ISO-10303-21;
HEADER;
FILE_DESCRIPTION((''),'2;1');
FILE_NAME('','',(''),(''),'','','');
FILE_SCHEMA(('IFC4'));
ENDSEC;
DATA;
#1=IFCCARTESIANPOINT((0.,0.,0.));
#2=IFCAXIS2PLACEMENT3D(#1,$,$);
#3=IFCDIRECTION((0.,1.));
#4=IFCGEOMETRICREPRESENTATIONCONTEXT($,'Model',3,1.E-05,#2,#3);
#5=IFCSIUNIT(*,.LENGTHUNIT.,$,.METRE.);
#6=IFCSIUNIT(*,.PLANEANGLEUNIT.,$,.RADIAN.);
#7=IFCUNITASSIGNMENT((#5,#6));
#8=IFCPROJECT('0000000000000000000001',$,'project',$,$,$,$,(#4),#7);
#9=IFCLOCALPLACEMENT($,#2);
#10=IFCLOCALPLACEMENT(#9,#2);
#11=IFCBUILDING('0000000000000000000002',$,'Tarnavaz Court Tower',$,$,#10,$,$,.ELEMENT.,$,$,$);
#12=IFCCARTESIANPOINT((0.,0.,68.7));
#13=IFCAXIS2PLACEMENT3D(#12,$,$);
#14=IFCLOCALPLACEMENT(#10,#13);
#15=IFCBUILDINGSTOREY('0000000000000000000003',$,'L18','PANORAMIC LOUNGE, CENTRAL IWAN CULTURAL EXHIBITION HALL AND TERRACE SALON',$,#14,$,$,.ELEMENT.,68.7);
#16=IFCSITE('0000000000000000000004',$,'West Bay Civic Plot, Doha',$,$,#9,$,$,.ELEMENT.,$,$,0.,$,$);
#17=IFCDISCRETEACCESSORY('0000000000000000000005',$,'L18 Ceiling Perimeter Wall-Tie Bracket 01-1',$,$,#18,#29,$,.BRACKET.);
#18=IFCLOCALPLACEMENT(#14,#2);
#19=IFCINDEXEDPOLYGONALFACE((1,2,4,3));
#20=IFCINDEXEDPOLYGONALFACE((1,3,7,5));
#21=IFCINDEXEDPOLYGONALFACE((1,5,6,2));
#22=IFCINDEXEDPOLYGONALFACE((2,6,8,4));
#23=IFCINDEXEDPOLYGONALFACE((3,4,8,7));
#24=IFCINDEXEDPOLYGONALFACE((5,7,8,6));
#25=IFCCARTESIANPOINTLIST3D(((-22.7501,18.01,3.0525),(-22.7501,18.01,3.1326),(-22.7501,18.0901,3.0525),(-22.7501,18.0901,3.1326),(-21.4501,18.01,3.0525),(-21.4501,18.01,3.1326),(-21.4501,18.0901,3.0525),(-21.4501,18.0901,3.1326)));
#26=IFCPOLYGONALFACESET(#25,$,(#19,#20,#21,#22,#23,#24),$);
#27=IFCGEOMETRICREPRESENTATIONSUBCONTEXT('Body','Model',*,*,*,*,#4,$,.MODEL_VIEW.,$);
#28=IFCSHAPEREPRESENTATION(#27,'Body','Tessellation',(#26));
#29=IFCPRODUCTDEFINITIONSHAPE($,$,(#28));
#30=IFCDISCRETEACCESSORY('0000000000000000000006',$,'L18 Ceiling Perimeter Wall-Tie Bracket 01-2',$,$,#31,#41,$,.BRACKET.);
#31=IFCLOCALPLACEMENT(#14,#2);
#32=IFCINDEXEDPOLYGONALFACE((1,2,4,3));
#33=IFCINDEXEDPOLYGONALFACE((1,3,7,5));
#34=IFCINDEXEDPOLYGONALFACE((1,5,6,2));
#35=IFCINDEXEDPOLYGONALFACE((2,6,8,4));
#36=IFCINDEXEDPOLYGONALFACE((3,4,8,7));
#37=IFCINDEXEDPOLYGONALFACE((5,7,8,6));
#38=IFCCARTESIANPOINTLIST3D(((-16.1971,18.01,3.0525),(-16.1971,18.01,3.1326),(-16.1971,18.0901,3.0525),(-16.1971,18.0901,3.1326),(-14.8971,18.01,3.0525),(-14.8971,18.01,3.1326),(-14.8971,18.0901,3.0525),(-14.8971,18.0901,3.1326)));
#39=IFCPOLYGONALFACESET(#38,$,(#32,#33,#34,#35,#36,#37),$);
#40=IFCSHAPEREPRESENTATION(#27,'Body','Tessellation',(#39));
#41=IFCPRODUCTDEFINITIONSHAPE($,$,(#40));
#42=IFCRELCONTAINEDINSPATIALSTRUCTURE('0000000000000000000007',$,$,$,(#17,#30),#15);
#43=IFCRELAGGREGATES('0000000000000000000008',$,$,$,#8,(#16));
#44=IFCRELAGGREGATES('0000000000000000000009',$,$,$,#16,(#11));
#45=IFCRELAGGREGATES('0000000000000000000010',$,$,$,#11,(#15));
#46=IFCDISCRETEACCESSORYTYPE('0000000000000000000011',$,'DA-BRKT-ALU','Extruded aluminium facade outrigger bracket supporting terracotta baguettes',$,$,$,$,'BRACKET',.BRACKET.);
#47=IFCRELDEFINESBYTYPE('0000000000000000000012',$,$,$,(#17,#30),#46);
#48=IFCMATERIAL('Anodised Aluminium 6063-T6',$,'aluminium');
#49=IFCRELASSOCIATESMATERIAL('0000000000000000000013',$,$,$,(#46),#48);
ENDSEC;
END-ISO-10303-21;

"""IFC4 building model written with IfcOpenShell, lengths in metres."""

from ifc_helpers import new_model, si_unit, direction, frame, origin, origin_2d, place, context, subcontext, project, spatial, rectangle, extrude, material, type_object, element, save


model = new_model("IFC4")

# Units and contexts
model_context = context("Model", 3, precision=1e-05, world=origin(), true_north=direction((0.0, 1.0)))
body_context = subcontext(model_context, "Body", "Model", "MODEL_VIEW")
ifc_project = project(units=[si_unit("LENGTHUNIT", "METRE"), si_unit("PLANEANGLEUNIT", "RADIAN")], contexts=[model_context])

# Site, building, storey
site_placement = place(None, origin())
site = spatial("IfcSite", under=ifc_project, at=site_placement, Name="West Bay Civic Plot, Doha", CompositionType="ELEMENT", RefElevation=0.0)
building_placement = place(site_placement, origin())
building = spatial("IfcBuilding", under=site, at=building_placement, Name="Tarnavaz Court Tower", CompositionType="ELEMENT")
storey_placement = place(building_placement, frame((0.0, 0.0, 68.7)))
storey = spatial("IfcBuildingStorey", under=building, at=storey_placement, Name="L18", Description="PANORAMIC LOUNGE, CENTRAL IWAN CULTURAL EXHIBITION HALL AND TERRACE SALON", CompositionType="ELEMENT", Elevation=68.7)

# Discrete accessories
ifc_material_1 = material(Name="Anodised Aluminium 6063-T6", Category="aluminium")
discrete_accessory_type = type_object("IfcDiscreteAccessoryType", Name="DA-BRKT-ALU", Description="Extruded aluminium facade outrigger bracket supporting terracotta baguettes", ElementType="BRACKET", PredefinedType="BRACKET", material=ifc_material_1)
for number, where, z_axis, x_axis, name in (
    (1, (-22.1001, 18.05, 3.0525), (0.0, 0.0, 1.0), (1.0, 0.0, 0.0), "L18 Ceiling Perimeter Wall-Tie Bracket 01-1"),
    (2, (-15.5471, 18.05, 3.0525), (0.0, 0.0, 1.0), (1.0, 0.0, 0.0), "L18 Ceiling Perimeter Wall-Tie Bracket 01-2"),
):
    element("IfcDiscreteAccessory", number, at=place(storey_placement, frame(where, z_axis=z_axis, x_axis=x_axis)), inside=storey, type_object=discrete_accessory_type, Name=name, PredefinedType="BRACKET", context=body_context, shape_type="SweptSolid", body=[
        extrude(rectangle(XDim=1.3, YDim=0.0801, at=origin_2d()), origin(), (0.0, 0.0, 1.0), 0.0801),
    ])

save(model, "model.ifc")
